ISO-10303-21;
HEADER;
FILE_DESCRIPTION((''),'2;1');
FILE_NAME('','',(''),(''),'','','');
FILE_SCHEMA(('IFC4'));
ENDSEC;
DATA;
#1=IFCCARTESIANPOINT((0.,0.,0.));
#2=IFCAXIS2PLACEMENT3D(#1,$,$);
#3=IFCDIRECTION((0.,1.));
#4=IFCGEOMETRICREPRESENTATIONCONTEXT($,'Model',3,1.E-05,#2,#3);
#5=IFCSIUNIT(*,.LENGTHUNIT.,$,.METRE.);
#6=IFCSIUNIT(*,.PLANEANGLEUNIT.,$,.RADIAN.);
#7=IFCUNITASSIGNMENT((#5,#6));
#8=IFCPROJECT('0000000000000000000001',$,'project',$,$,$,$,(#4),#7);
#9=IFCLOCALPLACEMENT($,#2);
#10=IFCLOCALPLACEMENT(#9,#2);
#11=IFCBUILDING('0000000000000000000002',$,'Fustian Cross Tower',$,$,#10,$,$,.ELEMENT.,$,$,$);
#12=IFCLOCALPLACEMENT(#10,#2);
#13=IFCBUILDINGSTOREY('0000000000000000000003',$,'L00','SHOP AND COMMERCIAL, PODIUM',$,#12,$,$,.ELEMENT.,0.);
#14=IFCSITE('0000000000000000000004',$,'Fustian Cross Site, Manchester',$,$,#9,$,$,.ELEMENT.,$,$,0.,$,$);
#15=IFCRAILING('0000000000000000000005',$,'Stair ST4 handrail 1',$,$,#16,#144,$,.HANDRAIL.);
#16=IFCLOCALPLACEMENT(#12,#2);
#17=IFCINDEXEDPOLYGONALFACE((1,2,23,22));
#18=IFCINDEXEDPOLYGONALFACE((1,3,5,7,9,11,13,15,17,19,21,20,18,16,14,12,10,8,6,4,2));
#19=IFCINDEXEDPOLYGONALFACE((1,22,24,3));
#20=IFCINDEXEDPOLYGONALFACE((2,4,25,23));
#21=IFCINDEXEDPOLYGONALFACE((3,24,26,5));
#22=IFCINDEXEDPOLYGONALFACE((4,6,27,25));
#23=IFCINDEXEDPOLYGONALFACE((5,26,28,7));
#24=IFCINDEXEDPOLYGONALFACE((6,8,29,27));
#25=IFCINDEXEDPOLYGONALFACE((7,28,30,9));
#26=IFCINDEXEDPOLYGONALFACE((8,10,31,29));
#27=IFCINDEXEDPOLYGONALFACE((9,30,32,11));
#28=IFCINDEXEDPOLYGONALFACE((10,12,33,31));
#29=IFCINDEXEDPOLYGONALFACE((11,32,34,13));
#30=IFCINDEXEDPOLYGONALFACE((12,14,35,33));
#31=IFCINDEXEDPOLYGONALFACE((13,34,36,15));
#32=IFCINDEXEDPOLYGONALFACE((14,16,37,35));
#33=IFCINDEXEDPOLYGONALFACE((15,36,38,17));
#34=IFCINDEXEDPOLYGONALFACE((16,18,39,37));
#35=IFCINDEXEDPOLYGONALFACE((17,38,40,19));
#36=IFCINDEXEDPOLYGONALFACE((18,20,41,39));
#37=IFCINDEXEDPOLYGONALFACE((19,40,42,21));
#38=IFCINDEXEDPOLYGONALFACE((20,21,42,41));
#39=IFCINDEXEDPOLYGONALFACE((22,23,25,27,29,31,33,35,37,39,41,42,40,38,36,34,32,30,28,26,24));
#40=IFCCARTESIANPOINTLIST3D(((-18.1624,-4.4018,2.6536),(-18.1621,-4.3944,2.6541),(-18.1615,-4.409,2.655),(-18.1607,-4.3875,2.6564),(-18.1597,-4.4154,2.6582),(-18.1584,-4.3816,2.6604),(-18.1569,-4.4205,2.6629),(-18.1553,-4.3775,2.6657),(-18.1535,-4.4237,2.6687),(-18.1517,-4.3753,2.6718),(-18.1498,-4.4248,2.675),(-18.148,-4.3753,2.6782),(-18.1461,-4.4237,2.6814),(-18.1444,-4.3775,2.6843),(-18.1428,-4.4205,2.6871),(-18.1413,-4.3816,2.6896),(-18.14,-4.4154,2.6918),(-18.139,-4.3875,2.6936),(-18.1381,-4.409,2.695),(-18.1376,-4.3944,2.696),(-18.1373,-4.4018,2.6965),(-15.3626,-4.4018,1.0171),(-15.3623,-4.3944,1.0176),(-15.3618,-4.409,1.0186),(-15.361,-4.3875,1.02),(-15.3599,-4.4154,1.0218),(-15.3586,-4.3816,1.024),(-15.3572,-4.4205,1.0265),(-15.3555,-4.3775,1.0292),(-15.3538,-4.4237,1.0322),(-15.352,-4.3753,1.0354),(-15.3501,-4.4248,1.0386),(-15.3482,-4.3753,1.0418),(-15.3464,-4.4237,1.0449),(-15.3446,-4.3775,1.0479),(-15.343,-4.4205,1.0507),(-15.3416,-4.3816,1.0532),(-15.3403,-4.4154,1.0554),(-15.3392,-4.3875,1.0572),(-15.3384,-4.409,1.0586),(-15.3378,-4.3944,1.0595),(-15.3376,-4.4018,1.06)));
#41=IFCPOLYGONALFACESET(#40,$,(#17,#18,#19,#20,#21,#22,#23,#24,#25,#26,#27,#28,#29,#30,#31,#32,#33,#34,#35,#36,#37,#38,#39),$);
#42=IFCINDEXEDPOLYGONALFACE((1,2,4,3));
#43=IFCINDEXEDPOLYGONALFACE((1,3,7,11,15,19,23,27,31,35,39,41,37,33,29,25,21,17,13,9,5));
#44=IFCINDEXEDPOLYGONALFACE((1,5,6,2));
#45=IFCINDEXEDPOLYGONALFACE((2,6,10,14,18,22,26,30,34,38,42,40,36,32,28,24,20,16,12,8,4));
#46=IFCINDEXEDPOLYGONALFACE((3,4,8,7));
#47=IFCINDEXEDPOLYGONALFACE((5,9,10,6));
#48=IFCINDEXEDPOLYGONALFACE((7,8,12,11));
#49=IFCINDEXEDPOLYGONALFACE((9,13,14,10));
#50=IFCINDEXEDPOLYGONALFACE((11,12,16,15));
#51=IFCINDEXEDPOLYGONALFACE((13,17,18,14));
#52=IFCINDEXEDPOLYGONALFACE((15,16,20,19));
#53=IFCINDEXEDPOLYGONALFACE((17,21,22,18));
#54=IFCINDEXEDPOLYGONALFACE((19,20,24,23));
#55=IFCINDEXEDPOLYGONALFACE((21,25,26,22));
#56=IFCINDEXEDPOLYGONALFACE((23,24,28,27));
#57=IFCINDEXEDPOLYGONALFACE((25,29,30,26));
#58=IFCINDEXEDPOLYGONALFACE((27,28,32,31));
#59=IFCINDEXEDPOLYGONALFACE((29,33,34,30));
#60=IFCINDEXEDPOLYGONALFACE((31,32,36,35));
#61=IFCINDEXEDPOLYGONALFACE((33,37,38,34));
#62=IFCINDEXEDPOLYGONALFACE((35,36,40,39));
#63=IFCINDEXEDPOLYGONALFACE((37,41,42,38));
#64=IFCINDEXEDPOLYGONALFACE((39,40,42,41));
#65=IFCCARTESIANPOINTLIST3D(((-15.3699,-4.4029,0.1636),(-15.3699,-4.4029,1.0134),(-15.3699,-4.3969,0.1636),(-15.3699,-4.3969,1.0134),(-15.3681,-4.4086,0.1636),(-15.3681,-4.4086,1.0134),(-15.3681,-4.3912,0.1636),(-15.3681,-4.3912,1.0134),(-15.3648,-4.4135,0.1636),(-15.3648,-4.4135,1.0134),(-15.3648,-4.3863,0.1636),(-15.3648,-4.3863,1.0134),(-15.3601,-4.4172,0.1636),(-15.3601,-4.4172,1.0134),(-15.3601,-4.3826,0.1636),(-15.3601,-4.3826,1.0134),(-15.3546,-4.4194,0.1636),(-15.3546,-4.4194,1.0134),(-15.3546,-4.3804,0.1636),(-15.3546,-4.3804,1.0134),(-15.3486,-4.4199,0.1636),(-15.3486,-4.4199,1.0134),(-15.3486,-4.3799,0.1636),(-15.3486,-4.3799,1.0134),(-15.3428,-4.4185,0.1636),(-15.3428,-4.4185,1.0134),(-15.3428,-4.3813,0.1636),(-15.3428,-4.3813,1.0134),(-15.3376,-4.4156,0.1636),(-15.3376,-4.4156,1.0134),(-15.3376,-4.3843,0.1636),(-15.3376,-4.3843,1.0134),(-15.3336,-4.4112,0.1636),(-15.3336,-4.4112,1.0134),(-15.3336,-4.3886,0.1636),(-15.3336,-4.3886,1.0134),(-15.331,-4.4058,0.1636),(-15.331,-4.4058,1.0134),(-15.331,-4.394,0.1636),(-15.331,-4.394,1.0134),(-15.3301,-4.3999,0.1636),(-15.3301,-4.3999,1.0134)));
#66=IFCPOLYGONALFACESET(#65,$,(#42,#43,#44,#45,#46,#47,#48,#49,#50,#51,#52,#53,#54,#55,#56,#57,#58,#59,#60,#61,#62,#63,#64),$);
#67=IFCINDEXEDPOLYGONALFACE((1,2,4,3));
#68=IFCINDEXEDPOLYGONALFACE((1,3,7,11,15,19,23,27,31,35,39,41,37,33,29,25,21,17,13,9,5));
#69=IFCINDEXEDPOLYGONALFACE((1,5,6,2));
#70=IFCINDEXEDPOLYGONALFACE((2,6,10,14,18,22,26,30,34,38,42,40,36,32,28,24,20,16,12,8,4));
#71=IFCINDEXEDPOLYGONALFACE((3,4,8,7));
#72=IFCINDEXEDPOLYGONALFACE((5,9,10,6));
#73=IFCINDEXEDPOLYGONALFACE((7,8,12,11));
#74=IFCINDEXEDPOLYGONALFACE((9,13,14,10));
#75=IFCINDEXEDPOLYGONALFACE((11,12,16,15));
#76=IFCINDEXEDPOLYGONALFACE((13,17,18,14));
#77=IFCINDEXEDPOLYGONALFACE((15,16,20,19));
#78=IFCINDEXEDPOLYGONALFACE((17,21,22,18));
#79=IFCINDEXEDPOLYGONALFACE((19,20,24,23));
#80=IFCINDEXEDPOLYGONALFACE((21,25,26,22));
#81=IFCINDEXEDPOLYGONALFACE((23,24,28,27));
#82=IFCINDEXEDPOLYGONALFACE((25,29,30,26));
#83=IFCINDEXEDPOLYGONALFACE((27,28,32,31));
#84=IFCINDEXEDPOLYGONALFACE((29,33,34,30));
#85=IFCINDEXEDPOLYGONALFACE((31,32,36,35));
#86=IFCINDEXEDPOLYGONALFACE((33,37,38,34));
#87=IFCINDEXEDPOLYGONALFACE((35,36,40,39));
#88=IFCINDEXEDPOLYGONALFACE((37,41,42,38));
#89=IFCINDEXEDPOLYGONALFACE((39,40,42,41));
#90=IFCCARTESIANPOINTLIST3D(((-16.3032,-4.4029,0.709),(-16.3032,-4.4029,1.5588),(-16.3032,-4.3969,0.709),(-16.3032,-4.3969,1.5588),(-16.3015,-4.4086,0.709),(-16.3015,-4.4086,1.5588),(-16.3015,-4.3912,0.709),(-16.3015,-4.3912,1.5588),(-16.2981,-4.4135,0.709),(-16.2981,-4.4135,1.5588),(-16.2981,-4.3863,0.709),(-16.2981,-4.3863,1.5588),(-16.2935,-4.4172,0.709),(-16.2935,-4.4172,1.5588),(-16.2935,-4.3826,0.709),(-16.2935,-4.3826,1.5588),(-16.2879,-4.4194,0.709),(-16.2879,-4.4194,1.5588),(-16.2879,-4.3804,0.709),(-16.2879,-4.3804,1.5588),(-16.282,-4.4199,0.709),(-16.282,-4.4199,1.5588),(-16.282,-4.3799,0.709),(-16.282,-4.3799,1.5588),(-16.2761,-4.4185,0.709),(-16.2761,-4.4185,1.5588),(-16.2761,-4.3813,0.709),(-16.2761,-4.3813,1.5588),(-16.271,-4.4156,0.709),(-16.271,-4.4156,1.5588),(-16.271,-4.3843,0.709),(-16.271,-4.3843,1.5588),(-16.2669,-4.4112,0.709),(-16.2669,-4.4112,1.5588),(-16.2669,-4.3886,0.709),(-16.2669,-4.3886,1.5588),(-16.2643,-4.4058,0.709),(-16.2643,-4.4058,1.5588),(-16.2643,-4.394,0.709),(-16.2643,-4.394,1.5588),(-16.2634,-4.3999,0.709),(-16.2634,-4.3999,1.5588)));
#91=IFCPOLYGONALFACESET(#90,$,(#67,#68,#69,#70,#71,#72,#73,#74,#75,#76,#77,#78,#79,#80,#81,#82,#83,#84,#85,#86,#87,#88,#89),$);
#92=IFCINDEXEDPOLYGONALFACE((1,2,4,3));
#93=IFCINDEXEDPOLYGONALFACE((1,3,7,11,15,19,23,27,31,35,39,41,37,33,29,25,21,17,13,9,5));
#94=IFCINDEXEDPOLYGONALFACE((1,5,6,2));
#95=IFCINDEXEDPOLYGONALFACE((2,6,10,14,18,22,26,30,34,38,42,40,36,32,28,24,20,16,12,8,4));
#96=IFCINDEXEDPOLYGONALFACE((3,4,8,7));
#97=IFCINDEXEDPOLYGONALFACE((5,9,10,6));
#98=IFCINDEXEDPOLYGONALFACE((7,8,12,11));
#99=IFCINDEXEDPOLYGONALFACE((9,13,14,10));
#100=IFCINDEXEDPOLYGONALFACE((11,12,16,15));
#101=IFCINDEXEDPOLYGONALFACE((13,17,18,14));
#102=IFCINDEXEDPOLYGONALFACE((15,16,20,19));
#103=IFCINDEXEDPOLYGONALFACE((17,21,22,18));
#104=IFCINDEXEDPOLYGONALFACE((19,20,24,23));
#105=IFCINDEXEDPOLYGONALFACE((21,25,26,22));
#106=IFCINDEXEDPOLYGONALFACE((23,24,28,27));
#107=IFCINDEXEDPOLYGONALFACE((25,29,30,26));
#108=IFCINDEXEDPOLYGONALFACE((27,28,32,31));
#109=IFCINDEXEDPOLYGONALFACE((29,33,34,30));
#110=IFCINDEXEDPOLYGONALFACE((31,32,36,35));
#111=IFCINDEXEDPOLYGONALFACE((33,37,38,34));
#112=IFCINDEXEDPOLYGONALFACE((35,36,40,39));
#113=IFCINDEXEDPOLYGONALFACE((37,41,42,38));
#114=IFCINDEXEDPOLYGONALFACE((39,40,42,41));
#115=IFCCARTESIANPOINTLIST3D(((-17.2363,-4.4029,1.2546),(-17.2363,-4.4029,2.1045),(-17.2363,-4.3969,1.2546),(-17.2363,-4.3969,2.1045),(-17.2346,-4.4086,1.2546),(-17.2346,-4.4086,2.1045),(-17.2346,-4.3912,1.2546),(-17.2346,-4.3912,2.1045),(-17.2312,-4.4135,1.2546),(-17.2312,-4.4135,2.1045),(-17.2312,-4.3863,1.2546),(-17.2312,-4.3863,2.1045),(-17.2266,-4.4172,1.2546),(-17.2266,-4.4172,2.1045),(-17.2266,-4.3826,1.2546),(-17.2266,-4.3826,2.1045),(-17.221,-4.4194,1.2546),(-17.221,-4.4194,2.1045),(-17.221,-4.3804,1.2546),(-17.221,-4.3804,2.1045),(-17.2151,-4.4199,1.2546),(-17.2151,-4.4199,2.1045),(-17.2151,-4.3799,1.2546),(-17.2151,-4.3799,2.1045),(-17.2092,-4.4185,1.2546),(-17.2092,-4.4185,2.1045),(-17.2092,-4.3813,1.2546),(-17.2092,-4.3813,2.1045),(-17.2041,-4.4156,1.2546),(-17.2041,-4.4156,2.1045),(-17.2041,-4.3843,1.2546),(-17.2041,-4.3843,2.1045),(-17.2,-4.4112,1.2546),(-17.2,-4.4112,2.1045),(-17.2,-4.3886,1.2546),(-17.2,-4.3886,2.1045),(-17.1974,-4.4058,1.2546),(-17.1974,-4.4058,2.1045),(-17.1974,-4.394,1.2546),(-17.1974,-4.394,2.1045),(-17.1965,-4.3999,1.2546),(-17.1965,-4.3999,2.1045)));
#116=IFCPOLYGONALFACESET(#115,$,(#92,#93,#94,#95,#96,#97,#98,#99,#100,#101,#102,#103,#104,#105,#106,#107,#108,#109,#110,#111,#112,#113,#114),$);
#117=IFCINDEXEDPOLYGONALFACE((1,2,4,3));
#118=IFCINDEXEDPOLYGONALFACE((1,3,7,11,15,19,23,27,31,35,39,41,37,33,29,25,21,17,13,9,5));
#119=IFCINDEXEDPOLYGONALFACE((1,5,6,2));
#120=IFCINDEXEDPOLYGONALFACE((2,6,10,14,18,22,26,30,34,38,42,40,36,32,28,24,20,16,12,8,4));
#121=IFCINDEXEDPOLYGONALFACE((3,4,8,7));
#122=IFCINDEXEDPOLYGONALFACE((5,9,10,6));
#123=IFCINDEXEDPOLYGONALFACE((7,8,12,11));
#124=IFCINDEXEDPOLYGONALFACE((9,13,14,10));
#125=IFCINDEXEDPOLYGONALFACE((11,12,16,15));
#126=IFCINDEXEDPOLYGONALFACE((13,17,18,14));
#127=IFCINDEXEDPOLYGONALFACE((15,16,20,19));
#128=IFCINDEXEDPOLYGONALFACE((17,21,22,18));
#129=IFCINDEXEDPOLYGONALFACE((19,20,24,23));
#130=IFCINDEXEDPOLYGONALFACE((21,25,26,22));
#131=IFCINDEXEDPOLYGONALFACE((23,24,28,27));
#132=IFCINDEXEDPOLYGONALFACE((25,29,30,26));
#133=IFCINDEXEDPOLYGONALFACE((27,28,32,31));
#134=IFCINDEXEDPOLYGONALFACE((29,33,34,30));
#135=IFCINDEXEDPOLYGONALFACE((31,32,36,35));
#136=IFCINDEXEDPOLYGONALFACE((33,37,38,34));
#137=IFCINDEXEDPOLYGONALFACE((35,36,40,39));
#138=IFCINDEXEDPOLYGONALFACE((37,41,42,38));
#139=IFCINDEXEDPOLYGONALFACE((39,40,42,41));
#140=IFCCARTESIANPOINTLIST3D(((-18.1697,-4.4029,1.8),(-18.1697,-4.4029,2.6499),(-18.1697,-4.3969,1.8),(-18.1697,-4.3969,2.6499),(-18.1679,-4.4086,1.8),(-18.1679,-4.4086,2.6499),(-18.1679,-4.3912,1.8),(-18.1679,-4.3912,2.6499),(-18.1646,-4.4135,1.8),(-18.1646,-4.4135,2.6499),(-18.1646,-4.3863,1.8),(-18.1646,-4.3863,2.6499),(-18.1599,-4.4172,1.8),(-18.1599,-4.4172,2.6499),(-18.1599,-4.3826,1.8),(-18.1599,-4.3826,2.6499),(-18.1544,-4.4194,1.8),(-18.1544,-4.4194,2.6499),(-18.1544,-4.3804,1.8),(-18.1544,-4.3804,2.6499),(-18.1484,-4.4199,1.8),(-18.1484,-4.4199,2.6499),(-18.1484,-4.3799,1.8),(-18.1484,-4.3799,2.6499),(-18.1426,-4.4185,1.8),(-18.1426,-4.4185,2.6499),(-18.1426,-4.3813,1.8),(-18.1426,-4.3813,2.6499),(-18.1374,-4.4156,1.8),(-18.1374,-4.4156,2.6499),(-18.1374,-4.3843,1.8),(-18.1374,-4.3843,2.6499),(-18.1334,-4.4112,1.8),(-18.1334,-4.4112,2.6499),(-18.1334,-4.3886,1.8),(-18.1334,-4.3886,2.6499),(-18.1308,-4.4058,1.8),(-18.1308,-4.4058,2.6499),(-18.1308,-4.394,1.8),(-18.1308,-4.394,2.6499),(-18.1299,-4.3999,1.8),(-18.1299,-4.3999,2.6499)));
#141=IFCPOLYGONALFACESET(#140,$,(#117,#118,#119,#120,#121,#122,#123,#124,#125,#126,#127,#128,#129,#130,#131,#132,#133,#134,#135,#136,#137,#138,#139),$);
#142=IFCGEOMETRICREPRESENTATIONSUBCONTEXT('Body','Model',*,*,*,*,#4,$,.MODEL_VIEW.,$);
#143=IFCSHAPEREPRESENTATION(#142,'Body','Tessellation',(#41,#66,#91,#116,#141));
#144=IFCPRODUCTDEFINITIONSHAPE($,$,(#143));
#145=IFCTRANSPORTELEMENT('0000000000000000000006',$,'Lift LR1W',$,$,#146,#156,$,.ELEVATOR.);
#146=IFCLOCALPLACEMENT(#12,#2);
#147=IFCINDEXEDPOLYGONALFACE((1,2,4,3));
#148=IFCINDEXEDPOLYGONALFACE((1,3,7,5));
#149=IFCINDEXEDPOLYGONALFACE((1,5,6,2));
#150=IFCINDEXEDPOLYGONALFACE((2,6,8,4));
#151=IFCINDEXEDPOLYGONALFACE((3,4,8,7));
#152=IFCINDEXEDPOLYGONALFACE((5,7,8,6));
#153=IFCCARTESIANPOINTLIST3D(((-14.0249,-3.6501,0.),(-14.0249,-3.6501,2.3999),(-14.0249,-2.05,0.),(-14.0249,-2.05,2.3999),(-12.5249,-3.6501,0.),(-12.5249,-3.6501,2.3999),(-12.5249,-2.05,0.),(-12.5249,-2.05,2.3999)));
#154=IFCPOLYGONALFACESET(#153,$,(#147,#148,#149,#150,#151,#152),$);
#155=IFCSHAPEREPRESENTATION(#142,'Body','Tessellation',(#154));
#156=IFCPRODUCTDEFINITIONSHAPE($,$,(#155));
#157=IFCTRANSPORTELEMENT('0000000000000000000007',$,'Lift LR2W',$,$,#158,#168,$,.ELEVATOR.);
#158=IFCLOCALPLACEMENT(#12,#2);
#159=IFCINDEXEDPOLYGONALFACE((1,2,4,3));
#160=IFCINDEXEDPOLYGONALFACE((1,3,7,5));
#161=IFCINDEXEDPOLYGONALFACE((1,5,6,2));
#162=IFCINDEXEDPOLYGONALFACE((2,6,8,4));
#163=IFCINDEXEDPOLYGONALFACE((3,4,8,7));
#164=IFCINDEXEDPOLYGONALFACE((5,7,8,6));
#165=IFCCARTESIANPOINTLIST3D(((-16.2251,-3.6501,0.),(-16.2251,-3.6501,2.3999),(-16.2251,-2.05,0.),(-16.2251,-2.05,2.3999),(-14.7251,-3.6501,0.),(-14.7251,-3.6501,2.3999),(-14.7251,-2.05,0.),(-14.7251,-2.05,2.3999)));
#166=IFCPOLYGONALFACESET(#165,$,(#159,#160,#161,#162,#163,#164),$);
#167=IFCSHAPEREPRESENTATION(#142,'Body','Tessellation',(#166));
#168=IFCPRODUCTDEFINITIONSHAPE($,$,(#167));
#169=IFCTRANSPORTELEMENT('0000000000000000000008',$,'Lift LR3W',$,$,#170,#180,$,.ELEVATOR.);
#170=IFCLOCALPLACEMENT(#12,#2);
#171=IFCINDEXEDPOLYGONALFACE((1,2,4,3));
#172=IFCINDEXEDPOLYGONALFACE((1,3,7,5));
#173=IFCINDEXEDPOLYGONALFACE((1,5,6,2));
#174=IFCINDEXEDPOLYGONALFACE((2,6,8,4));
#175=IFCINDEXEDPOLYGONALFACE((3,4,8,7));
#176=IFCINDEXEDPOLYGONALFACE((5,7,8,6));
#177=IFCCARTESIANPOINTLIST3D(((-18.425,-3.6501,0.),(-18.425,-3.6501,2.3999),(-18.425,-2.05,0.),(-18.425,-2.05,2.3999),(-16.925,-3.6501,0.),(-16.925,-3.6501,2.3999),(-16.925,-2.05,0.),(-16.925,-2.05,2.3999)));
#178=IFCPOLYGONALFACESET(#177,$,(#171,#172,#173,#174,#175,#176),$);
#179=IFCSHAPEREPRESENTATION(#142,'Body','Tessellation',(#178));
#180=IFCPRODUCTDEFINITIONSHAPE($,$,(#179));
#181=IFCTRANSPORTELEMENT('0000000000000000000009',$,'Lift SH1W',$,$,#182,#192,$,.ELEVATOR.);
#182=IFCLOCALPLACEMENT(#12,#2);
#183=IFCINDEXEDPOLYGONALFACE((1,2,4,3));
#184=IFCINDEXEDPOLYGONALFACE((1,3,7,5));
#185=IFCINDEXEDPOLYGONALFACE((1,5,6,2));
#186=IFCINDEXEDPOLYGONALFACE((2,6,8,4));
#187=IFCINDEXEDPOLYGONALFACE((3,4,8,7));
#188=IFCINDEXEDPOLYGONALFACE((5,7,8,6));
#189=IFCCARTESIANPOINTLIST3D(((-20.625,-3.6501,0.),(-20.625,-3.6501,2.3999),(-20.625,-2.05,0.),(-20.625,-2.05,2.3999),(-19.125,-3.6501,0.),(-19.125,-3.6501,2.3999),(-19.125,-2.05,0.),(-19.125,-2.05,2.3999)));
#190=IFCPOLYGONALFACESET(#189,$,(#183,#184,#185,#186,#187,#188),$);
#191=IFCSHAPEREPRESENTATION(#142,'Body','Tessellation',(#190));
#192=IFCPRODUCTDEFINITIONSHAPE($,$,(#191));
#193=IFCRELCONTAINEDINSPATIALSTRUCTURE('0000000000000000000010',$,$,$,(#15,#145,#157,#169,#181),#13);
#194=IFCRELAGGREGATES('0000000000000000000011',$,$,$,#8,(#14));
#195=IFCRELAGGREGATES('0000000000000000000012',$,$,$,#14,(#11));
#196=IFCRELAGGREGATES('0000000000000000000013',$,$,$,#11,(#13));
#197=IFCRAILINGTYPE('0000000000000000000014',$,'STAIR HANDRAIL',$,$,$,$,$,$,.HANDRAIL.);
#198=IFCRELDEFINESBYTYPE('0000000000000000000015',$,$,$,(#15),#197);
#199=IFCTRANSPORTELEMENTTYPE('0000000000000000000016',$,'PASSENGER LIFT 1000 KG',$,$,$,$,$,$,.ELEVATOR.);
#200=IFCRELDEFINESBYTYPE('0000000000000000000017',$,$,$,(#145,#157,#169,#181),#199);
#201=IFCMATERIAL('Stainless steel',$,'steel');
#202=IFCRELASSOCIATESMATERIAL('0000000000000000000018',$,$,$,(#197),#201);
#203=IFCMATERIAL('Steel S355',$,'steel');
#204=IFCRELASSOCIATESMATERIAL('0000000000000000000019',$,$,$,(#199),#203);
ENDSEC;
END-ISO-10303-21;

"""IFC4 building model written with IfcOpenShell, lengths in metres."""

from ifc_helpers import new_model, si_unit, direction, frame, origin, origin_2d, place, context, subcontext, project, spatial, rectangle, circle, extrude, material, type_object, element, save


model = new_model("IFC4")

# Units and contexts
model_context = context("Model", 3, precision=1e-05, world=origin(), true_north=direction((0.0, 1.0)))
body_context = subcontext(model_context, "Body", "Model", "MODEL_VIEW")
ifc_project = project(units=[si_unit("LENGTHUNIT", "METRE"), si_unit("PLANEANGLEUNIT", "RADIAN")], contexts=[model_context])

# Site, building, storey
site_placement = place(None, origin())
site = spatial("IfcSite", under=ifc_project, at=site_placement, Name="Fustian Cross Site, Manchester", CompositionType="ELEMENT", RefElevation=0.0)
building_placement = place(site_placement, origin())
building = spatial("IfcBuilding", under=site, at=building_placement, Name="Fustian Cross Tower", CompositionType="ELEMENT")
storey_placement = place(building_placement, origin())
storey = spatial("IfcBuildingStorey", under=building, at=storey_placement, Name="L00", Description="SHOP AND COMMERCIAL, PODIUM", CompositionType="ELEMENT", Elevation=0.0)

# Railing
ifc_material_1 = material(Name="Stainless steel", Category="steel")
railing_type = type_object("IfcRailingType", Name="STAIR HANDRAIL", PredefinedType="HANDRAIL", material=ifc_material_1)
railing_1_placement = place(storey_placement, frame((-15.3501, -4.3999, 0.1636)))
element("IfcRailing", 1, at=railing_1_placement, inside=storey, type_object=railing_type, Name="Stair ST4 handrail 1", PredefinedType="HANDRAIL", context=body_context, shape_type="SweptSolid", body=[
    extrude(circle(Radius=0.0249, at=origin_2d()), frame((0.0, 0.0, 0.875), z_axis=(-0.863342, 0.0, 0.50462), x_axis=(0.0, -1.0, 0.0)), (0.0, 0.0, 1.0), 3.2429),
    extrude(circle(Radius=0.02, at=origin_2d()), origin(), (0.0, 0.0, 1.0), 0.8499),
    extrude(circle(Radius=0.02, at=origin_2d()), frame((-0.9333, 0.0, 0.5454)), (0.0, 0.0, 1.0), 0.8499),
    extrude(circle(Radius=0.02, at=origin_2d()), frame((-1.8665, 0.0, 1.0911)), (0.0, 0.0, 1.0), 0.8499),
    extrude(circle(Radius=0.02, at=origin_2d()), frame((-2.7998, 0.0, 1.6365)), (0.0, 0.0, 1.0), 0.8499),
])

# Transport elements
ifc_material_2 = material(Name="Steel S355", Category="steel")
transport_element_type = type_object("IfcTransportElementType", Name="PASSENGER LIFT 1000 KG", PredefinedType="ELEVATOR", material=ifc_material_2)
for number, where, z_axis, x_axis, name in (
    (2, (-13.2749, -2.8501, 0.0), (0.0, 0.0, 1.0), (1.0, 0.0, 0.0), "Lift LR1W"),
    (3, (-15.4751, -2.8501, 0.0), (0.0, 0.0, 1.0), (1.0, 0.0, 0.0), "Lift LR2W"),
    (4, (-17.675, -2.8501, 0.0), (0.0, 0.0, 1.0), (1.0, 0.0, 0.0), "Lift LR3W"),
    (5, (-19.875, -2.8501, 0.0), (0.0, 0.0, 1.0), (1.0, 0.0, 0.0), "Lift SH1W"),
):
    element("IfcTransportElement", number, at=place(storey_placement, frame(where, z_axis=z_axis, x_axis=x_axis)), inside=storey, type_object=transport_element_type, Name=name, PredefinedType="ELEVATOR", context=body_context, shape_type="SweptSolid", body=[
        extrude(rectangle(XDim=1.5, YDim=1.6001, at=origin_2d()), origin(), (0.0, 0.0, 1.0), 2.3999),
    ])

save(model, "model.ifc")
